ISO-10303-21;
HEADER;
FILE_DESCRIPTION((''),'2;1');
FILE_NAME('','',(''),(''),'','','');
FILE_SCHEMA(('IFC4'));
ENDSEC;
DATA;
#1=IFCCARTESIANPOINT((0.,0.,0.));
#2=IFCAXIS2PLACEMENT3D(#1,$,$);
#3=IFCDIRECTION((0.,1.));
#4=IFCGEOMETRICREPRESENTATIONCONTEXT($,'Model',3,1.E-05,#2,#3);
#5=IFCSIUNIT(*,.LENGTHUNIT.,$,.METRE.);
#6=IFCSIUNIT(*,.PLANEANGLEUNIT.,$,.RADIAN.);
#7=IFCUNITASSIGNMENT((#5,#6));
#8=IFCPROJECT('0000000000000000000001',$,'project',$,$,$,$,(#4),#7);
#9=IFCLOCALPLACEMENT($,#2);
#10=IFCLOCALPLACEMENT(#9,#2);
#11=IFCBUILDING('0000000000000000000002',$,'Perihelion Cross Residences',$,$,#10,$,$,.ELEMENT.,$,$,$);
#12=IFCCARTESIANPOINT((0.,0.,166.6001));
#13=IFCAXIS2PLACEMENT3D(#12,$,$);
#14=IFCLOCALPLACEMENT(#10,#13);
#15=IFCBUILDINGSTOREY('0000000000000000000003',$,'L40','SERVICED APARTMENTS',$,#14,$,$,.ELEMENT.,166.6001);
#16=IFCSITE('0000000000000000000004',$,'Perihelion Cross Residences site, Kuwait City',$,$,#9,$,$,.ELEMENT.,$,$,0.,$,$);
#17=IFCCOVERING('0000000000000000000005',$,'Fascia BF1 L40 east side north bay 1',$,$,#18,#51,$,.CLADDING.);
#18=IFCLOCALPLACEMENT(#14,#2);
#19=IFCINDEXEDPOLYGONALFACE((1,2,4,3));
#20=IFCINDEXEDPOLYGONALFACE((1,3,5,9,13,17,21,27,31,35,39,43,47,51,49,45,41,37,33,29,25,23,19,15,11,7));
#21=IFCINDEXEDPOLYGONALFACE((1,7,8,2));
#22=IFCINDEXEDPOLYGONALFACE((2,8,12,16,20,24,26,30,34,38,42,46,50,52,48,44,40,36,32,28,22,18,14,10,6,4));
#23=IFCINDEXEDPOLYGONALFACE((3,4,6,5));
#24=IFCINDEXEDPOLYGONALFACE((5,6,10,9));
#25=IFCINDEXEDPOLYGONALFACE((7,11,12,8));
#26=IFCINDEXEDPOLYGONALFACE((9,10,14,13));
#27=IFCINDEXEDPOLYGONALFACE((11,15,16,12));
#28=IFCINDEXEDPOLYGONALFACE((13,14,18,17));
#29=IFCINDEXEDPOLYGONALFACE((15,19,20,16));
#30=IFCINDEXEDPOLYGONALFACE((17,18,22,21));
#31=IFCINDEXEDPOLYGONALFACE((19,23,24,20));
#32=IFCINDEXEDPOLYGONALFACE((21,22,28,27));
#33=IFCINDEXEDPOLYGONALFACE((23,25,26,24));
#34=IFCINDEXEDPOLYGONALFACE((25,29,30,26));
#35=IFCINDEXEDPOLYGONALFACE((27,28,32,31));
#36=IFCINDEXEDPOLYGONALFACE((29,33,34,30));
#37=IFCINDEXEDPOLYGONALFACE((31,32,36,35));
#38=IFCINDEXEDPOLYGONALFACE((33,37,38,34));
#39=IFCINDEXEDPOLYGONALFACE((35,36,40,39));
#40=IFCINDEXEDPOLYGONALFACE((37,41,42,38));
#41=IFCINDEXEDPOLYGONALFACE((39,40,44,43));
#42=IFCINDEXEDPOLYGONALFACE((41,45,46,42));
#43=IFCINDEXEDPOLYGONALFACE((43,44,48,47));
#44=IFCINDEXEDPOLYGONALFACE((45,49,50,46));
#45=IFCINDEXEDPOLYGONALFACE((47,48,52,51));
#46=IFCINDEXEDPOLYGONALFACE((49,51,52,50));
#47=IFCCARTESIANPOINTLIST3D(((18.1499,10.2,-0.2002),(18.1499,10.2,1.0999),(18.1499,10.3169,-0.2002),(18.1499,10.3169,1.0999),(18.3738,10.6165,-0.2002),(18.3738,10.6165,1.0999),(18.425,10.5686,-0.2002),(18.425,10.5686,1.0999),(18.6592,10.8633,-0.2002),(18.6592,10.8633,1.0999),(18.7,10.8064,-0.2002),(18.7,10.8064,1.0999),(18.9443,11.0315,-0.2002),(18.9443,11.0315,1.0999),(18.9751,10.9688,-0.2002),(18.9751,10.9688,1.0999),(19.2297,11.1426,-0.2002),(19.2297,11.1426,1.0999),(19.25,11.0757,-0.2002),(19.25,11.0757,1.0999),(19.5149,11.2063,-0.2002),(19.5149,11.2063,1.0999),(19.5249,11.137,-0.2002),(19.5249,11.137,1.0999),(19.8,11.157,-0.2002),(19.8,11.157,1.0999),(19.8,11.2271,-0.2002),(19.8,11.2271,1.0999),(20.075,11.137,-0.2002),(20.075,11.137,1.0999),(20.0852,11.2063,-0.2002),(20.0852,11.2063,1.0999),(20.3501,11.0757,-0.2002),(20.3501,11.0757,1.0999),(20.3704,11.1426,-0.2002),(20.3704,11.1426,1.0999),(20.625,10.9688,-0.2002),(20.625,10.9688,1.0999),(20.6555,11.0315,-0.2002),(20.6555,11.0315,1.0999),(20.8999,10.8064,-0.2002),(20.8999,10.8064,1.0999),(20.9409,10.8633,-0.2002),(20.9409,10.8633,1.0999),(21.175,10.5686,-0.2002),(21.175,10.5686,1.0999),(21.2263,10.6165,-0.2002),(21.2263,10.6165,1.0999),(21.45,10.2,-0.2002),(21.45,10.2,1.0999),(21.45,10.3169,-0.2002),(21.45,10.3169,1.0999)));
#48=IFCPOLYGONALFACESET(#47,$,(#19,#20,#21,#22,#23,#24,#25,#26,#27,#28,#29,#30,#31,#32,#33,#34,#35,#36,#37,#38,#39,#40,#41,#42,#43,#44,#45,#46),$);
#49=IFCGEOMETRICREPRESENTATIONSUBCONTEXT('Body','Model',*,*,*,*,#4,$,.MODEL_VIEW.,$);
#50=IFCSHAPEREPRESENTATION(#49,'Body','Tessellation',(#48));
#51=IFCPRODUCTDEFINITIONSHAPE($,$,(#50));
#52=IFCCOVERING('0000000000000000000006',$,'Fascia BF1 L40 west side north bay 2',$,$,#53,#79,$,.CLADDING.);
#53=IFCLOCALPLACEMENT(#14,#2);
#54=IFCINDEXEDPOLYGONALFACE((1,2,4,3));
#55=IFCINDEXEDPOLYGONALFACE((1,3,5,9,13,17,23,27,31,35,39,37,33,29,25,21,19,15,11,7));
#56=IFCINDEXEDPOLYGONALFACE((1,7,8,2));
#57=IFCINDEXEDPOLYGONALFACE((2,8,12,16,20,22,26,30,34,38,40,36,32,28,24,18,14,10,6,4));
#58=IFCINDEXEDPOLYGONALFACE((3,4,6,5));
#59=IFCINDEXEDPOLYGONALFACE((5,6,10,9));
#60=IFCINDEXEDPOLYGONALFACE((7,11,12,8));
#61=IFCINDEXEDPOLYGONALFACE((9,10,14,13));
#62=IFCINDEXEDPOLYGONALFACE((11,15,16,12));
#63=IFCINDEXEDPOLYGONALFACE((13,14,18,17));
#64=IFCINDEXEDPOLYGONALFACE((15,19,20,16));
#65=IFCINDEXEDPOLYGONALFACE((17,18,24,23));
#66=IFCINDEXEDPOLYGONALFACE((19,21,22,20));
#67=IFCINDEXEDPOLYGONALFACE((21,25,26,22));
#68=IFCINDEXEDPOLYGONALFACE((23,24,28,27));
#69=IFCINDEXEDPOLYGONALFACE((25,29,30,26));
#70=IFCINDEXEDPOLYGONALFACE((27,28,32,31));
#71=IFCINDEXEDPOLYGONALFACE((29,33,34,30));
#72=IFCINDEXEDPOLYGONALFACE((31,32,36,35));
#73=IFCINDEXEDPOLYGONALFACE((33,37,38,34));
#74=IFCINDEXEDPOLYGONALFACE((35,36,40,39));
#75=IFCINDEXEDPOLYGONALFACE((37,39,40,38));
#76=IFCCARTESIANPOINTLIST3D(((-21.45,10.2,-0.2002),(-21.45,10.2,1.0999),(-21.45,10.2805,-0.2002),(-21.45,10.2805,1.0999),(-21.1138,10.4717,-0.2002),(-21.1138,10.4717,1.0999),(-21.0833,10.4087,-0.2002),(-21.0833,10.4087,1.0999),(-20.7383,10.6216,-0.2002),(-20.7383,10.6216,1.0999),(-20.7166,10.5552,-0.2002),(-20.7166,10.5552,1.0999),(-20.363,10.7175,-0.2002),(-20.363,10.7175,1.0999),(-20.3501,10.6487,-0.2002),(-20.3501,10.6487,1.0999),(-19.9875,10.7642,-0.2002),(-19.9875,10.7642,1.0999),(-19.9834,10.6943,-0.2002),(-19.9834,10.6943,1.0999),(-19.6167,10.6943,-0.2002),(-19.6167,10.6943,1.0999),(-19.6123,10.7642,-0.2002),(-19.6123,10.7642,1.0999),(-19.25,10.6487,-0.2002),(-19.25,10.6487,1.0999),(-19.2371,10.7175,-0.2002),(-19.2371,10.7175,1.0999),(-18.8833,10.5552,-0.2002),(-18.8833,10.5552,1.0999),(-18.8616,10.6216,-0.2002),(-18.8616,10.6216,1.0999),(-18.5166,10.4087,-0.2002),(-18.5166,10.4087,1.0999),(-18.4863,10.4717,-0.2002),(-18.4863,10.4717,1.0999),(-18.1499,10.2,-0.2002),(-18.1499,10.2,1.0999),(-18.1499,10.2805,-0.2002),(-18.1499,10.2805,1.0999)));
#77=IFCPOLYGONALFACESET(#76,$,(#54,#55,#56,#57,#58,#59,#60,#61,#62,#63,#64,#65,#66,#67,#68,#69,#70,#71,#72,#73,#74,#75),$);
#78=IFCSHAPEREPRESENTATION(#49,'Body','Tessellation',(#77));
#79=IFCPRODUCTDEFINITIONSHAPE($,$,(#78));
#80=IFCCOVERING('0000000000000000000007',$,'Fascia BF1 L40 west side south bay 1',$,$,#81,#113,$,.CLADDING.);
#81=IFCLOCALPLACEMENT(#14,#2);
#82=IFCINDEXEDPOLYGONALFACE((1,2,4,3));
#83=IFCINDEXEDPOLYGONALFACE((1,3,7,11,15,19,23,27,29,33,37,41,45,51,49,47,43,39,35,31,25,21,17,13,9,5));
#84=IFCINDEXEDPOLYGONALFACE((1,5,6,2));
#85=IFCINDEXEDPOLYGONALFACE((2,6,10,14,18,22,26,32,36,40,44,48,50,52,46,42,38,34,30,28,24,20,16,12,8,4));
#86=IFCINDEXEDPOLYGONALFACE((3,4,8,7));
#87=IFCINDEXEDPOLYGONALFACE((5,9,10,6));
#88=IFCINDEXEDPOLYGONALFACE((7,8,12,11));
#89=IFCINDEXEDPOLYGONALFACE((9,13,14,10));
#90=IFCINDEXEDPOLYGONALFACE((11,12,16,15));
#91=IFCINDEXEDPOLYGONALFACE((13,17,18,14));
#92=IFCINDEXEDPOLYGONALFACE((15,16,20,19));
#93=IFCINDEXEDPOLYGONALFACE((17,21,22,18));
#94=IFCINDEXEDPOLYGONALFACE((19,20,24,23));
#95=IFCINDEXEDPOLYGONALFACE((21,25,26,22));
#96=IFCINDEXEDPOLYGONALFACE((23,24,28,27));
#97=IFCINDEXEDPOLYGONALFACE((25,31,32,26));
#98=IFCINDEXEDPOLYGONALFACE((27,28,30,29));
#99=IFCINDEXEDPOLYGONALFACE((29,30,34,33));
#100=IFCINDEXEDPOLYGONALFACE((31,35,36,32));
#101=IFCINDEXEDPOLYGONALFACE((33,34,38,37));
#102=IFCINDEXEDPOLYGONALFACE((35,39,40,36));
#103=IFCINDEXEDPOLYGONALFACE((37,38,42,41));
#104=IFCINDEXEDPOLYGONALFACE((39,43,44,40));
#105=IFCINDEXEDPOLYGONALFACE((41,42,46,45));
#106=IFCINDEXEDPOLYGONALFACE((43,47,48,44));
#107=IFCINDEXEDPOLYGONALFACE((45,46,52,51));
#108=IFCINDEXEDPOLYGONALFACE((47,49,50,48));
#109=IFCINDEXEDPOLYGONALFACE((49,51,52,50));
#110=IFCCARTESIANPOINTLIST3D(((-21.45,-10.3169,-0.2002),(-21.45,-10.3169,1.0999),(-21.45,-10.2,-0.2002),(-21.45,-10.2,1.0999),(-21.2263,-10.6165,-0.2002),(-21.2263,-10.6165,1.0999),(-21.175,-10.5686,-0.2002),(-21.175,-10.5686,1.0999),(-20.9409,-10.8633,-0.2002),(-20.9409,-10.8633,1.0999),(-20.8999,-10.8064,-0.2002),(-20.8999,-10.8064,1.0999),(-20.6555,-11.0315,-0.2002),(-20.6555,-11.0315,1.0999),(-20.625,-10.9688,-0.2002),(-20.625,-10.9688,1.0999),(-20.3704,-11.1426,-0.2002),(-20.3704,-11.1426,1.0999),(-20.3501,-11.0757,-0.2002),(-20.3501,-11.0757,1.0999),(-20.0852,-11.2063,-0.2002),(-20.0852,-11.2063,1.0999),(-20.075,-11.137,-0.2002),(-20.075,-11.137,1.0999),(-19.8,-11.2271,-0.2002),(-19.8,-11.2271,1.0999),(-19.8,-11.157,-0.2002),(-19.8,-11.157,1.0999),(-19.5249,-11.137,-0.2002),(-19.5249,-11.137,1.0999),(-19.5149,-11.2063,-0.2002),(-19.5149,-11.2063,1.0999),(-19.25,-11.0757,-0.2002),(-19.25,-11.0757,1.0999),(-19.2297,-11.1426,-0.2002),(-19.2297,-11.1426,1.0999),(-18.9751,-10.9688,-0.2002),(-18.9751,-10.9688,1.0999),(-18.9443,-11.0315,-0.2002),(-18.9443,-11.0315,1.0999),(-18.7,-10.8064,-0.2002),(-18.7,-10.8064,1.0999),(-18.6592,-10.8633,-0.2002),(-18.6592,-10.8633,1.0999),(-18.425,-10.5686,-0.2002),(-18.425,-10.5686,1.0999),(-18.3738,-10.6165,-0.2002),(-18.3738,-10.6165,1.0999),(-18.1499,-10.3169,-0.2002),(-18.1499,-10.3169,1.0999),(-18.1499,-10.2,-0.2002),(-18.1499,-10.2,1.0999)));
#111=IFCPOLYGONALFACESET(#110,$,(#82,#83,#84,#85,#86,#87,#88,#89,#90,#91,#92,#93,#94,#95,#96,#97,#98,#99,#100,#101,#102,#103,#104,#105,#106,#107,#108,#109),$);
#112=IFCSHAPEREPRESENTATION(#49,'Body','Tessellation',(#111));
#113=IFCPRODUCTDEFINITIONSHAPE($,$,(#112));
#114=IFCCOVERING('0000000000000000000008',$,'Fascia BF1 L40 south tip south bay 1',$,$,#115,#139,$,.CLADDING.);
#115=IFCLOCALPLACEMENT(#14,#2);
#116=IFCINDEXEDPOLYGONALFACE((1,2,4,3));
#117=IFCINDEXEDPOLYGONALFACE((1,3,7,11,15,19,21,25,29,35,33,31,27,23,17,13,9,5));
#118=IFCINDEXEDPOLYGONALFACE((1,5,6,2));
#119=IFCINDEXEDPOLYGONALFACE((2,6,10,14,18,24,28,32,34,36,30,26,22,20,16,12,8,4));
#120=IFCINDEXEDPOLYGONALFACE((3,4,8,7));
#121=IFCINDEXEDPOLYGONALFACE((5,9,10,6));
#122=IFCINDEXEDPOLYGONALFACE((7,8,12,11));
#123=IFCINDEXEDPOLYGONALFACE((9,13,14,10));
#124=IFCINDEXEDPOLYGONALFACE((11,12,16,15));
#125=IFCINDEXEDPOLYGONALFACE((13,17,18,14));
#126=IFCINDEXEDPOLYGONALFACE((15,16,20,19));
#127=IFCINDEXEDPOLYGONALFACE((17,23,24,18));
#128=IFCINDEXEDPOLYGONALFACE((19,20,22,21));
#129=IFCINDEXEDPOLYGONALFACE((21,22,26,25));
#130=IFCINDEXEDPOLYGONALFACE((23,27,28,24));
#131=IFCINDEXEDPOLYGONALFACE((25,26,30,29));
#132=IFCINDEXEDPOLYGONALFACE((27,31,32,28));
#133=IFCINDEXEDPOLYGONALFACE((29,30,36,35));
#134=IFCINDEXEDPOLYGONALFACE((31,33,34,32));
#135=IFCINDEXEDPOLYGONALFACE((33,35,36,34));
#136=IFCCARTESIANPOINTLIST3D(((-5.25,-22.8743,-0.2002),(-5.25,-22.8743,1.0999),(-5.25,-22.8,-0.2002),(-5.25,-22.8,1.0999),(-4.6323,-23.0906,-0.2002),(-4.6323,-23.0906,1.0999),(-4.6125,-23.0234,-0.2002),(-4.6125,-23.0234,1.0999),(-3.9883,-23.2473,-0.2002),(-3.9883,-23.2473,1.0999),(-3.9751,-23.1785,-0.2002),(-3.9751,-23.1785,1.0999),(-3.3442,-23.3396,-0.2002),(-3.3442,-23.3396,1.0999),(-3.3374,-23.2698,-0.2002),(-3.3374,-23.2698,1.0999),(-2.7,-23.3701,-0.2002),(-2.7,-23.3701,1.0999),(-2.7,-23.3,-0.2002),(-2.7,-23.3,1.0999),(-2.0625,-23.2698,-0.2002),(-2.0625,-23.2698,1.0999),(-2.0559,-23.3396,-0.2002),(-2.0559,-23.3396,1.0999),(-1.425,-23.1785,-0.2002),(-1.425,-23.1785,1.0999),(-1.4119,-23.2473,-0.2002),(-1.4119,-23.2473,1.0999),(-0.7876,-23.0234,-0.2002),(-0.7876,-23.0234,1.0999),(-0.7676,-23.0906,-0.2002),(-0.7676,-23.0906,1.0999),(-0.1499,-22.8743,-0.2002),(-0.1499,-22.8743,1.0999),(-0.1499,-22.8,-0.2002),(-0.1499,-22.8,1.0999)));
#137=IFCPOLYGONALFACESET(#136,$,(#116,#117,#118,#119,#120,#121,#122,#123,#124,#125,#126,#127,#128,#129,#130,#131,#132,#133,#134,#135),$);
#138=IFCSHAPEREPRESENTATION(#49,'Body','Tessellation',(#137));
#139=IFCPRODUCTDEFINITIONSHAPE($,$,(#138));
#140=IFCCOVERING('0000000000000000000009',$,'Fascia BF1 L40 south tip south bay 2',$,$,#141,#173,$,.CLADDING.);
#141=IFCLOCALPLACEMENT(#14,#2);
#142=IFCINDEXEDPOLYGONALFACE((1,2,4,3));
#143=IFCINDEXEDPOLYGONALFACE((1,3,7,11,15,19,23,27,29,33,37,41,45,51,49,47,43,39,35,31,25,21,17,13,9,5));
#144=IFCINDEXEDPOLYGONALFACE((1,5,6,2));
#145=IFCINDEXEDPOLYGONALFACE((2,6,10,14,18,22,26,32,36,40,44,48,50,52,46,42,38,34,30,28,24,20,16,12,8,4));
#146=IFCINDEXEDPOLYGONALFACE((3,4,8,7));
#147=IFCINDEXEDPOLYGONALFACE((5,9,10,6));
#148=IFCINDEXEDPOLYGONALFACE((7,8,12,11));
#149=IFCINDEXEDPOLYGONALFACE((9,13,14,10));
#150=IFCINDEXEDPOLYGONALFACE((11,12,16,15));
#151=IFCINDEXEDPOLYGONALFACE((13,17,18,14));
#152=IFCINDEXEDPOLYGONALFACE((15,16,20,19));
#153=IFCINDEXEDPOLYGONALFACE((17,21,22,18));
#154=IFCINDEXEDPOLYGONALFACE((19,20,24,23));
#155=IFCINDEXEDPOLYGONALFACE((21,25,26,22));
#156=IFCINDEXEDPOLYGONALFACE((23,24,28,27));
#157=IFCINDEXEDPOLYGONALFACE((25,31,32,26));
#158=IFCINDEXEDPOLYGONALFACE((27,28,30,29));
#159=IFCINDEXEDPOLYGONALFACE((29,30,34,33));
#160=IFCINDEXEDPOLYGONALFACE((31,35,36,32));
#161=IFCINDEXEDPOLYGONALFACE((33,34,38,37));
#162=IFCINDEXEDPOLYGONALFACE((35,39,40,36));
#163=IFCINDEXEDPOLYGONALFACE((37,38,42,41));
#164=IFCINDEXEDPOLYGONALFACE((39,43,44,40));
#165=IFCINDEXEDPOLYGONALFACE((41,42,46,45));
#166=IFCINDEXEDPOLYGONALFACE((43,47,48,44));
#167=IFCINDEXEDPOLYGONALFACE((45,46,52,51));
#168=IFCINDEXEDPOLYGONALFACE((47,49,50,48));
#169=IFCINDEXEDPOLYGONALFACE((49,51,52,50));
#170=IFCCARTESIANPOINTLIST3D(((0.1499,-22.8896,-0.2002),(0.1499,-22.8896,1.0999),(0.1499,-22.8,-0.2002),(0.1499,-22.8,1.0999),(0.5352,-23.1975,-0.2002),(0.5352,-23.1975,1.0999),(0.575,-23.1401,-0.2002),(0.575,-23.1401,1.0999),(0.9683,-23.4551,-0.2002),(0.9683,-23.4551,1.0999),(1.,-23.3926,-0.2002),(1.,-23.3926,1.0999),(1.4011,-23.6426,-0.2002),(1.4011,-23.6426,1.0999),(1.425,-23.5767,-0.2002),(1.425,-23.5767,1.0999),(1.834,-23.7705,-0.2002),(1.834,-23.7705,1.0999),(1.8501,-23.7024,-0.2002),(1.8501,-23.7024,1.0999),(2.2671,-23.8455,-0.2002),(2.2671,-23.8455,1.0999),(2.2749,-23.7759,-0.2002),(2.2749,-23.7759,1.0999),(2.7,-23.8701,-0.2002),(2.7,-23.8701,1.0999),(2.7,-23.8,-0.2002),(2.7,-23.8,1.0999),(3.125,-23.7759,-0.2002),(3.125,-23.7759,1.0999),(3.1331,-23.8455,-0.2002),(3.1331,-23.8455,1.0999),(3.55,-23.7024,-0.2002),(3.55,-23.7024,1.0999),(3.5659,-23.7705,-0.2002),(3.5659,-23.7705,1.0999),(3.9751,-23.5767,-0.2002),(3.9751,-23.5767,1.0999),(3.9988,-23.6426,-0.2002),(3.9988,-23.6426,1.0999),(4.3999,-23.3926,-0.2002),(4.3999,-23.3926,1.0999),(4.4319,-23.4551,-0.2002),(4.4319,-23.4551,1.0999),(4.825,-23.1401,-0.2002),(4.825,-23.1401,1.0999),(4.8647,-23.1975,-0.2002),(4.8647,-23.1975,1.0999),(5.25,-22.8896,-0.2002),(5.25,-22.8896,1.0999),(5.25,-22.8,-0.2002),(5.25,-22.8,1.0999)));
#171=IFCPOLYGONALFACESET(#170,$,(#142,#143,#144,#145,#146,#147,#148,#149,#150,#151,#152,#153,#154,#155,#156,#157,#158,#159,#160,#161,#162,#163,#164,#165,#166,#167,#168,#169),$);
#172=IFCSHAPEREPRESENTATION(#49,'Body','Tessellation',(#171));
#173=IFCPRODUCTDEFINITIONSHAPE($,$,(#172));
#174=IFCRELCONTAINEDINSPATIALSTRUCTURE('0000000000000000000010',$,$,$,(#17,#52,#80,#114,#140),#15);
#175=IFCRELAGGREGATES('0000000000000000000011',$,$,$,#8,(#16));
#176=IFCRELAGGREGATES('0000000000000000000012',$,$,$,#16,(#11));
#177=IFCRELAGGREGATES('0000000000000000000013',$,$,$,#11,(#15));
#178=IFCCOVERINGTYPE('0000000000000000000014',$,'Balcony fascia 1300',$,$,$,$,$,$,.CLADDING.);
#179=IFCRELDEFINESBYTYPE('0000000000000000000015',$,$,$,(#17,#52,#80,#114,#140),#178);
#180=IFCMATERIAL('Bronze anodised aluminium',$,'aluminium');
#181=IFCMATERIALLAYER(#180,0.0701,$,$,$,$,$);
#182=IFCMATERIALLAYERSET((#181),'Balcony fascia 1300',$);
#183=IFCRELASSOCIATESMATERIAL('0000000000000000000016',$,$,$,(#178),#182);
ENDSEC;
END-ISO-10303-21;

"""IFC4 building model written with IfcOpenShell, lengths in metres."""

from ifc_helpers import new_model, si_unit, direction, frame, origin, place, context, subcontext, project, spatial, polyline, outline, extrude, material, layer, layer_set, type_object, element, save


model = new_model("IFC4")

# Units and contexts
model_context = context("Model", 3, precision=1e-05, world=origin(), true_north=direction((0.0, 1.0)))
body_context = subcontext(model_context, "Body", "Model", "MODEL_VIEW")
ifc_project = project(units=[si_unit("LENGTHUNIT", "METRE"), si_unit("PLANEANGLEUNIT", "RADIAN")], contexts=[model_context])

# Site, building, storey
site_placement = place(None, origin())
site = spatial("IfcSite", under=ifc_project, at=site_placement, Name="Perihelion Cross Residences site, Kuwait City", CompositionType="ELEMENT", RefElevation=0.0)
building_placement = place(site_placement, origin())
building = spatial("IfcBuilding", under=site, at=building_placement, Name="Perihelion Cross Residences", CompositionType="ELEMENT")
storey_placement = place(building_placement, frame((0.0, 0.0, 166.6001)))
storey = spatial("IfcBuildingStorey", under=building, at=storey_placement, Name="L40", Description="SERVICED APARTMENTS", CompositionType="ELEMENT", Elevation=166.6001)

# Coverings
ifc_material_1 = material(Name="Bronze anodised aluminium", Category="aluminium")
ifc_layer_1 = layer(ifc_material_1, 0.0701)
ifc_layer_set_1 = layer_set([ifc_layer_1], Name="Balcony fascia 1300")
covering_type_1 = type_object("IfcCoveringType", Name="Balcony fascia 1300", PredefinedType="CLADDING", material=ifc_layer_set_1)
covering_1_placement = place(storey_placement, frame((0.0, 0.0, -0.2002)))
element("IfcCovering", 1, at=covering_1_placement, inside=storey, type_object=covering_type_1, Name="Fascia BF1 L40 east side north bay 1", PredefinedType="CLADDING", context=body_context, shape_type="SweptSolid", body=[
    extrude(outline(polyline([(21.2263, 10.6165), (20.9409, 10.8633), (20.6555, 11.0315), (20.3704, 11.1426), (20.0852, 11.2063), (19.8, 11.2271), (19.5149, 11.2063), (19.2297, 11.1426), (18.9443, 11.0315), (18.6592, 10.8633), (18.3738, 10.6165), (18.1499, 10.3169), (18.1499, 10.2), (18.425, 10.5686), (18.7, 10.8064), (18.9751, 10.9688), (19.25, 11.0757), (19.5249, 11.137), (19.8, 11.157), (20.075, 11.137), (20.3501, 11.0757), (20.625, 10.9688), (20.8999, 10.8064), (21.175, 10.5686), (21.45, 10.2), (21.45, 10.3169), (21.2263, 10.6165)])), origin(), (0.0, 0.0, 1.0), 1.3),
])
covering_2_placement = place(storey_placement, frame((0.0, 0.0, -0.2002)))
element("IfcCovering", 2, at=covering_2_placement, inside=storey, type_object=covering_type_1, Name="Fascia BF1 L40 west side north bay 2", PredefinedType="CLADDING", context=body_context, shape_type="SweptSolid", body=[
    extrude(outline(polyline([(-18.4863, 10.4717), (-18.8616, 10.6216), (-19.2371, 10.7175), (-19.6123, 10.7642), (-19.9875, 10.7642), (-20.363, 10.7175), (-20.7383, 10.6216), (-21.1138, 10.4717), (-21.45, 10.2805), (-21.45, 10.2), (-21.0833, 10.4087), (-20.7166, 10.5552), (-20.3501, 10.6487), (-19.9834, 10.6943), (-19.6167, 10.6943), (-19.25, 10.6487), (-18.8833, 10.5552), (-18.5166, 10.4087), (-18.1499, 10.2), (-18.1499, 10.2805), (-18.4863, 10.4717)])), origin(), (0.0, 0.0, 1.0), 1.3),
])
covering_3_placement = place(storey_placement, frame((0.0, 0.0, -0.2002)))
element("IfcCovering", 3, at=covering_3_placement, inside=storey, type_object=covering_type_1, Name="Fascia BF1 L40 west side south bay 1", PredefinedType="CLADDING", context=body_context, shape_type="SweptSolid", body=[
    extrude(outline(polyline([(-21.2263, -10.6165), (-20.9409, -10.8633), (-20.6555, -11.0315), (-20.3704, -11.1426), (-20.0852, -11.2063), (-19.8, -11.2271), (-19.5149, -11.2063), (-19.2297, -11.1426), (-18.9443, -11.0315), (-18.6592, -10.8633), (-18.3738, -10.6165), (-18.1499, -10.3169), (-18.1499, -10.2), (-18.425, -10.5686), (-18.7, -10.8064), (-18.9751, -10.9688), (-19.25, -11.0757), (-19.5249, -11.137), (-19.8, -11.157), (-20.075, -11.137), (-20.3501, -11.0757), (-20.625, -10.9688), (-20.8999, -10.8064), (-21.175, -10.5686), (-21.45, -10.2), (-21.45, -10.3169), (-21.2263, -10.6165)])), origin(), (0.0, 0.0, 1.0), 1.3),
])
covering_4_placement = place(storey_placement, frame((0.0, 0.0, -0.2002)))
element("IfcCovering", 4, at=covering_4_placement, inside=storey, type_object=covering_type_1, Name="Fascia BF1 L40 south tip south bay 1", PredefinedType="CLADDING", context=body_context, shape_type="SweptSolid", body=[
    extrude(outline(polyline([(-4.6323, -23.0906), (-3.9883, -23.2473), (-3.3442, -23.3396), (-2.7, -23.3701), (-2.0559, -23.3396), (-1.4119, -23.2473), (-0.7676, -23.0906), (-0.1499, -22.8743), (-0.1499, -22.8), (-0.7876, -23.0234), (-1.425, -23.1785), (-2.0625, -23.2698), (-2.7, -23.3), (-3.3374, -23.2698), (-3.9751, -23.1785), (-4.6125, -23.0234), (-5.25, -22.8), (-5.25, -22.8743), (-4.6323, -23.0906)])), origin(), (0.0, 0.0, 1.0), 1.3),
])
covering_5_placement = place(storey_placement, frame((0.0, 0.0, -0.2002)))
element("IfcCovering", 5, at=covering_5_placement, inside=storey, type_object=covering_type_1, Name="Fascia BF1 L40 south tip south bay 2", PredefinedType="CLADDING", context=body_context, shape_type="SweptSolid", body=[
    extrude(outline(polyline([(0.5352, -23.1975), (0.9683, -23.4551), (1.4011, -23.6426), (1.834, -23.7705), (2.2671, -23.8455), (2.7, -23.8701), (3.1331, -23.8455), (3.5659, -23.7705), (3.9988, -23.6426), (4.4319, -23.4551), (4.8647, -23.1975), (5.25, -22.8896), (5.25, -22.8), (4.825, -23.1401), (4.3999, -23.3926), (3.9751, -23.5767), (3.55, -23.7024), (3.125, -23.7759), (2.7, -23.8), (2.2749, -23.7759), (1.8501, -23.7024), (1.425, -23.5767), (1.0, -23.3926), (0.575, -23.1401), (0.1499, -22.8), (0.1499, -22.8896), (0.5352, -23.1975)])), origin(), (0.0, 0.0, 1.0), 1.3),
])

save(model, "model.ifc")
